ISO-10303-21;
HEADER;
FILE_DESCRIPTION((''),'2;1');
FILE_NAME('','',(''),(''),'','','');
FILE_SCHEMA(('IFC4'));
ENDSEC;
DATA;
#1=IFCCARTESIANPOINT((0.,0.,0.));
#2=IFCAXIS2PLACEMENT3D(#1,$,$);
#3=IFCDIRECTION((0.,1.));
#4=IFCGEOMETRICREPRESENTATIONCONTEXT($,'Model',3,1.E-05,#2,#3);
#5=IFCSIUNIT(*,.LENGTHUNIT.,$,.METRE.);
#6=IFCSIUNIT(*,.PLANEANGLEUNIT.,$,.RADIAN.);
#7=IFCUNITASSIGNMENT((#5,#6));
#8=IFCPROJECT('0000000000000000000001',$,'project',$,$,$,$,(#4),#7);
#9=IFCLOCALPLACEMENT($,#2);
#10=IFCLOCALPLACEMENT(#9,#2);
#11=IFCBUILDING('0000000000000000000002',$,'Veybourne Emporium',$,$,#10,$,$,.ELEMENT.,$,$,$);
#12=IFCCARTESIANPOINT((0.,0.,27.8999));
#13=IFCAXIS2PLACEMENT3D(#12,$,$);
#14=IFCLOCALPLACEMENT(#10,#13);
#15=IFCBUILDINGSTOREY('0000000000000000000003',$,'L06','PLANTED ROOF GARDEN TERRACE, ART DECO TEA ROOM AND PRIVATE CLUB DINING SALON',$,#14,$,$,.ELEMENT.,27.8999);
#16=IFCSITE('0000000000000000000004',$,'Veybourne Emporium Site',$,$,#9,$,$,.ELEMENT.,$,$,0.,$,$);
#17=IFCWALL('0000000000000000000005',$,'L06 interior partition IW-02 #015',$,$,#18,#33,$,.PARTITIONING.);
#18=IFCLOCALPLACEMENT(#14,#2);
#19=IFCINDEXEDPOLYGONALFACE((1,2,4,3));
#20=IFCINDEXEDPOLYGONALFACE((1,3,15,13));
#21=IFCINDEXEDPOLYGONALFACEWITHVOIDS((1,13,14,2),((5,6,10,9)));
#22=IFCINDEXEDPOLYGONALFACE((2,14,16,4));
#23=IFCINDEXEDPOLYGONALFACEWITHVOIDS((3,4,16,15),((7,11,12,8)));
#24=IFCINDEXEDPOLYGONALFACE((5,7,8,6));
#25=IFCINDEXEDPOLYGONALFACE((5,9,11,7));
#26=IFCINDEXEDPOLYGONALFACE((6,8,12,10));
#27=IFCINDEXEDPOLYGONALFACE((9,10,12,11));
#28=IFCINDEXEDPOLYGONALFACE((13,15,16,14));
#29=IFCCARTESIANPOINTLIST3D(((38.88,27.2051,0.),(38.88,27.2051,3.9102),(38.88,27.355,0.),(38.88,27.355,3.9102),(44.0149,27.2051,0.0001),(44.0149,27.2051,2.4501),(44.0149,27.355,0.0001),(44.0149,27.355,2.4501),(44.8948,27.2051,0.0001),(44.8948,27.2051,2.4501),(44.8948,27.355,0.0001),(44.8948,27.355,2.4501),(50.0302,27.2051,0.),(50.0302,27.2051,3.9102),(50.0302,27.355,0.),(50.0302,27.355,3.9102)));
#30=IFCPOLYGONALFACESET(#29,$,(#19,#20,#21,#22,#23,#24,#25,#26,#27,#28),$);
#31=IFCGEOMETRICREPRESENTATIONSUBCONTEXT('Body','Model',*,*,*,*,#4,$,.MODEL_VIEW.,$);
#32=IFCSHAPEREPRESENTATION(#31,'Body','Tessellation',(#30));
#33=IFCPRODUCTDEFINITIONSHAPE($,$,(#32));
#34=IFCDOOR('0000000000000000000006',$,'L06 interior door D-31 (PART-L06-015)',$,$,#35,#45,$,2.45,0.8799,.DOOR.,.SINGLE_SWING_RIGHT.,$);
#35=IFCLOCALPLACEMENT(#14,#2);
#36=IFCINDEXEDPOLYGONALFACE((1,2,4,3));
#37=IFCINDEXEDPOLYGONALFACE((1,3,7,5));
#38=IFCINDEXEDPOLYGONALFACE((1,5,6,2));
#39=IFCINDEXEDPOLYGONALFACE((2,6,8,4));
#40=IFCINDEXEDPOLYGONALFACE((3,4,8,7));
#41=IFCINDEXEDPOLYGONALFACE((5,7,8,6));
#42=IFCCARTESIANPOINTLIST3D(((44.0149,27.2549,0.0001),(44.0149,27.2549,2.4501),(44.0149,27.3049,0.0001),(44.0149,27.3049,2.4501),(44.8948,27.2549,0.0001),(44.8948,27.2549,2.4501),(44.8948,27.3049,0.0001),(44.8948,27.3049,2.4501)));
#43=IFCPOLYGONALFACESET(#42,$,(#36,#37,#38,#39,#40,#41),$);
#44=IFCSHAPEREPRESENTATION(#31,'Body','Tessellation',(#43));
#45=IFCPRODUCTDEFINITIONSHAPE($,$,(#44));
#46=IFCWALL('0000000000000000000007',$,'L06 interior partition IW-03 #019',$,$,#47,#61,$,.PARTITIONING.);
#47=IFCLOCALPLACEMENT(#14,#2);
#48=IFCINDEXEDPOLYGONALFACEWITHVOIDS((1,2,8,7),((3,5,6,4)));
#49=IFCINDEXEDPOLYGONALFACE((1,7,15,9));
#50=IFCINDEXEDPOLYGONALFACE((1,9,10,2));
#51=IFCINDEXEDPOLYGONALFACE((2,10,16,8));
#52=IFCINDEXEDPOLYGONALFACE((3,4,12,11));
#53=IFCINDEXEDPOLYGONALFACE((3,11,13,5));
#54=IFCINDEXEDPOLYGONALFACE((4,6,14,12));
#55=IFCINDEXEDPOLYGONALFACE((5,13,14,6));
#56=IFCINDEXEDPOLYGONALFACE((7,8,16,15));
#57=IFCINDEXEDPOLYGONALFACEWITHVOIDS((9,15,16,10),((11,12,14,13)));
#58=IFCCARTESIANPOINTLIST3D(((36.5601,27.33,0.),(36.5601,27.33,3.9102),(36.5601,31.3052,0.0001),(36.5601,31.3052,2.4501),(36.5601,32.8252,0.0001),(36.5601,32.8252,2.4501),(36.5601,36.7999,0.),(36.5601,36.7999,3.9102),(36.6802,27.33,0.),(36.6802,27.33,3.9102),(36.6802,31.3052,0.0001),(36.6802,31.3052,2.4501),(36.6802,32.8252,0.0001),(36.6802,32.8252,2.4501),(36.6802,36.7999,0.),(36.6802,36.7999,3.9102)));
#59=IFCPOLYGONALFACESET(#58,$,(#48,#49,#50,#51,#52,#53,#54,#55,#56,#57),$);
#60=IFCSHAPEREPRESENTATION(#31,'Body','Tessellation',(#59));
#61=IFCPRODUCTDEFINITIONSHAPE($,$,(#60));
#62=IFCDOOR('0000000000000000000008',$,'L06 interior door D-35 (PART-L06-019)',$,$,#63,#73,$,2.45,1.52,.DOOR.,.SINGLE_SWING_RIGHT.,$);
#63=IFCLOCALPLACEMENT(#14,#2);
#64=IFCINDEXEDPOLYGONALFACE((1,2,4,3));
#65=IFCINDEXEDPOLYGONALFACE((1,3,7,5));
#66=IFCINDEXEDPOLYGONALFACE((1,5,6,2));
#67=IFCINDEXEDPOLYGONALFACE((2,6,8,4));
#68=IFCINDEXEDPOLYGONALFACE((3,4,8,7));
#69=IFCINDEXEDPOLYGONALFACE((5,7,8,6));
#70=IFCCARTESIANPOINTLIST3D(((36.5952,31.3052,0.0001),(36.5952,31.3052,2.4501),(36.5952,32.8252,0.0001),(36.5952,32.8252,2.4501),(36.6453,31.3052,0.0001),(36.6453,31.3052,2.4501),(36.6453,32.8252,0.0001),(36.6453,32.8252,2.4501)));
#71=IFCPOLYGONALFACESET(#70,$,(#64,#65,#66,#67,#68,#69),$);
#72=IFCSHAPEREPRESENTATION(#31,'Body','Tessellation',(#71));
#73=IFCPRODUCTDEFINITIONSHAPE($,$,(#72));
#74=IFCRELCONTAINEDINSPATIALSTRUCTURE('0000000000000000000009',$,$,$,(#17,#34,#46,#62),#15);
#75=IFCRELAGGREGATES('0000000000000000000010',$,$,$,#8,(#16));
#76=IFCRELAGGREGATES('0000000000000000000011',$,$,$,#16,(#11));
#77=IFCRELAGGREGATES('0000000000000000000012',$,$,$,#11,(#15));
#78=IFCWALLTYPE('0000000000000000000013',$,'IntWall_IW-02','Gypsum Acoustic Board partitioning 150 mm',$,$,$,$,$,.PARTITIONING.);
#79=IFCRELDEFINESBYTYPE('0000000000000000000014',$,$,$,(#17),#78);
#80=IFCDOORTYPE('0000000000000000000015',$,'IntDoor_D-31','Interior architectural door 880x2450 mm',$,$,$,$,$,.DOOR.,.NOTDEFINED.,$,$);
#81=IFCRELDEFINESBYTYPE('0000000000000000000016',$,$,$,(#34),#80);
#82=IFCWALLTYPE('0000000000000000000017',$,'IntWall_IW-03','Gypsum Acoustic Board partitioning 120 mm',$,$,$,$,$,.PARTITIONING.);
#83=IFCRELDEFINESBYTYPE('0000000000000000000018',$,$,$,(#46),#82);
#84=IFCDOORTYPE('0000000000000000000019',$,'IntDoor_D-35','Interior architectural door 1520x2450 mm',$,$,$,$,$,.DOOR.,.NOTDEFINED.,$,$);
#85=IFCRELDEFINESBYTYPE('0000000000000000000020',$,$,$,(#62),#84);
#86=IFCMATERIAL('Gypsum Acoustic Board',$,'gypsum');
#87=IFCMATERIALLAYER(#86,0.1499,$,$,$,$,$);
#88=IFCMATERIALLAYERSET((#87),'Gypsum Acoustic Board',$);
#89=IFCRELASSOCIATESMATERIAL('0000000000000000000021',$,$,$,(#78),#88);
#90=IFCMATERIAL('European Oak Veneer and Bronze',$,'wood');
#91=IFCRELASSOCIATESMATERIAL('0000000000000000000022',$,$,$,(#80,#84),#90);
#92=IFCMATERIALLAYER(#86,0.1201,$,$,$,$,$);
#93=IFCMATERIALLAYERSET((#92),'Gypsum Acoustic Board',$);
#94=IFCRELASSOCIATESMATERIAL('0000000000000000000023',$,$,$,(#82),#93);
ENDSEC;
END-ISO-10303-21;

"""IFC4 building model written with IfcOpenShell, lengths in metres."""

from ifc_helpers import new_model, si_unit, direction, frame, frame_2d, origin, place, context, subcontext, project, spatial, rectangle, extrude, material, layer, layer_set, type_object, element, fill, save


model = new_model("IFC4")

# Units and contexts
model_context = context("Model", 3, precision=1e-05, world=origin(), true_north=direction((0.0, 1.0)))
body_context = subcontext(model_context, "Body", "Model", "MODEL_VIEW")
ifc_project = project(units=[si_unit("LENGTHUNIT", "METRE"), si_unit("PLANEANGLEUNIT", "RADIAN")], contexts=[model_context])

# Site, building, storey
site_placement = place(None, origin())
site = spatial("IfcSite", under=ifc_project, at=site_placement, Name="Veybourne Emporium Site", CompositionType="ELEMENT", RefElevation=0.0)
building_placement = place(site_placement, origin())
building = spatial("IfcBuilding", under=site, at=building_placement, Name="Veybourne Emporium", CompositionType="ELEMENT")
storey_placement = place(building_placement, frame((0.0, 0.0, 27.8999)))
storey = spatial("IfcBuildingStorey", under=building, at=storey_placement, Name="L06", Description="PLANTED ROOF GARDEN TERRACE, ART DECO TEA ROOM AND PRIVATE CLUB DINING SALON", CompositionType="ELEMENT", Elevation=27.8999)

# Walls, openings, doors
ifc_material_1 = material(Name="Gypsum Acoustic Board", Category="gypsum")
ifc_layer_1 = layer(ifc_material_1, 0.1499)
ifc_layer_set_1 = layer_set([ifc_layer_1], Name="Gypsum Acoustic Board")
wall_type_1 = type_object("IfcWallType", Name="IntWall_IW-02", Description="Gypsum Acoustic Board partitioning 150 mm", PredefinedType="PARTITIONING", material=ifc_layer_set_1)
wall_1_placement = place(storey_placement, frame((38.8799, 27.28, 0.0), z_axis=(0.0, 0.0, 1.0), x_axis=(1.0, 0.0, 0.0)))
wall_1 = element("IfcWall", 1, at=wall_1_placement, inside=storey, type_object=wall_type_1, Name="L06 interior partition IW-02 #015", PredefinedType="PARTITIONING", context=body_context, shape_type="SweptSolid", body=[
    extrude(rectangle(XDim=11.1501, YDim=0.1499, at=frame_2d((5.5752, 0.0))), origin(), (0.0, 0.0, 1.0), 3.9102),
])
opening_1_placement = place(wall_1_placement, frame((5.135, 0.0, 0.0)))
opening_1 = element("IfcOpeningElement", 2, at=opening_1_placement, cuts=wall_1, PredefinedType="OPENING", context=body_context, shape_type="SweptSolid", body=[
    extrude(rectangle(XDim=0.8799, YDim=2.45, at=frame_2d((0.4399, 1.2251))), frame((0.0, 0.095, 0.0), z_axis=(0.0, -1.0, 0.0), x_axis=(1.0, 0.0, 0.0)), (0.0, 0.0, 1.0), 0.1899),
])
ifc_material_2 = material(Name="European Oak Veneer and Bronze", Category="wood")
door_type_1 = type_object("IfcDoorType", Name="IntDoor_D-31", Description="Interior architectural door 880x2450 mm", OperationType="NOTDEFINED", PredefinedType="DOOR", material=ifc_material_2)
door_1_placement = place(opening_1_placement, origin())
door_1 = element("IfcDoor", 3, at=door_1_placement, inside=storey, type_object=door_type_1, Name="L06 interior door D-31 (PART-L06-015)", OperationType="SINGLE_SWING_RIGHT", OverallHeight=2.45, OverallWidth=0.8799, PredefinedType="DOOR", context=body_context, shape_type="SweptSolid", body=[
    extrude(rectangle(XDim=0.8799, YDim=2.45, at=frame_2d((0.4399, 1.2251))), frame((0.0, 0.0249, 0.0), z_axis=(0.0, -1.0, 0.0), x_axis=(1.0, 0.0, 0.0)), (0.0, 0.0, 1.0), 0.05),
])
fill(opening_1, door_1)
ifc_layer_2 = layer(ifc_material_1, 0.1201)
ifc_layer_set_2 = layer_set([ifc_layer_2], Name="Gypsum Acoustic Board")
wall_type_2 = type_object("IfcWallType", Name="IntWall_IW-03", Description="Gypsum Acoustic Board partitioning 120 mm", PredefinedType="PARTITIONING", material=ifc_layer_set_2)
wall_2_placement = place(storey_placement, frame((36.6201, 27.3301, 0.0), z_axis=(0.0, 0.0, 1.0), x_axis=(0.0, 1.0, 0.0)))
wall_2 = element("IfcWall", 4, at=wall_2_placement, inside=storey, type_object=wall_type_2, Name="L06 interior partition IW-03 #019", PredefinedType="PARTITIONING", context=body_context, shape_type="SweptSolid", body=[
    extrude(rectangle(XDim=9.47, YDim=0.1201, at=frame_2d((4.7349, 0.0))), origin(), (0.0, 0.0, 1.0), 3.9102),
])
opening_2_placement = place(wall_2_placement, frame((3.9751, 0.0, 0.0)))
opening_2 = element("IfcOpeningElement", 5, at=opening_2_placement, cuts=wall_2, PredefinedType="OPENING", context=body_context, shape_type="SweptSolid", body=[
    extrude(rectangle(XDim=1.52, YDim=2.45, at=frame_2d((0.76, 1.2251))), frame((0.0, 0.0801, 0.0), z_axis=(0.0, -1.0, 0.0), x_axis=(1.0, 0.0, 0.0)), (0.0, 0.0, 1.0), 0.1602),
])
door_type_2 = type_object("IfcDoorType", Name="IntDoor_D-35", Description="Interior architectural door 1520x2450 mm", OperationType="NOTDEFINED", PredefinedType="DOOR", material=ifc_material_2)
door_2_placement = place(opening_2_placement, origin())
door_2 = element("IfcDoor", 6, at=door_2_placement, inside=storey, type_object=door_type_2, Name="L06 interior door D-35 (PART-L06-019)", OperationType="SINGLE_SWING_RIGHT", OverallHeight=2.45, OverallWidth=1.52, PredefinedType="DOOR", context=body_context, shape_type="SweptSolid", body=[
    extrude(rectangle(XDim=1.52, YDim=2.45, at=frame_2d((0.76, 1.2251))), frame((0.0, 0.0249, 0.0), z_axis=(0.0, -1.0, 0.0), x_axis=(1.0, 0.0, 0.0)), (0.0, 0.0, 1.0), 0.05),
])
fill(opening_2, door_2)

save(model, "model.ifc")
